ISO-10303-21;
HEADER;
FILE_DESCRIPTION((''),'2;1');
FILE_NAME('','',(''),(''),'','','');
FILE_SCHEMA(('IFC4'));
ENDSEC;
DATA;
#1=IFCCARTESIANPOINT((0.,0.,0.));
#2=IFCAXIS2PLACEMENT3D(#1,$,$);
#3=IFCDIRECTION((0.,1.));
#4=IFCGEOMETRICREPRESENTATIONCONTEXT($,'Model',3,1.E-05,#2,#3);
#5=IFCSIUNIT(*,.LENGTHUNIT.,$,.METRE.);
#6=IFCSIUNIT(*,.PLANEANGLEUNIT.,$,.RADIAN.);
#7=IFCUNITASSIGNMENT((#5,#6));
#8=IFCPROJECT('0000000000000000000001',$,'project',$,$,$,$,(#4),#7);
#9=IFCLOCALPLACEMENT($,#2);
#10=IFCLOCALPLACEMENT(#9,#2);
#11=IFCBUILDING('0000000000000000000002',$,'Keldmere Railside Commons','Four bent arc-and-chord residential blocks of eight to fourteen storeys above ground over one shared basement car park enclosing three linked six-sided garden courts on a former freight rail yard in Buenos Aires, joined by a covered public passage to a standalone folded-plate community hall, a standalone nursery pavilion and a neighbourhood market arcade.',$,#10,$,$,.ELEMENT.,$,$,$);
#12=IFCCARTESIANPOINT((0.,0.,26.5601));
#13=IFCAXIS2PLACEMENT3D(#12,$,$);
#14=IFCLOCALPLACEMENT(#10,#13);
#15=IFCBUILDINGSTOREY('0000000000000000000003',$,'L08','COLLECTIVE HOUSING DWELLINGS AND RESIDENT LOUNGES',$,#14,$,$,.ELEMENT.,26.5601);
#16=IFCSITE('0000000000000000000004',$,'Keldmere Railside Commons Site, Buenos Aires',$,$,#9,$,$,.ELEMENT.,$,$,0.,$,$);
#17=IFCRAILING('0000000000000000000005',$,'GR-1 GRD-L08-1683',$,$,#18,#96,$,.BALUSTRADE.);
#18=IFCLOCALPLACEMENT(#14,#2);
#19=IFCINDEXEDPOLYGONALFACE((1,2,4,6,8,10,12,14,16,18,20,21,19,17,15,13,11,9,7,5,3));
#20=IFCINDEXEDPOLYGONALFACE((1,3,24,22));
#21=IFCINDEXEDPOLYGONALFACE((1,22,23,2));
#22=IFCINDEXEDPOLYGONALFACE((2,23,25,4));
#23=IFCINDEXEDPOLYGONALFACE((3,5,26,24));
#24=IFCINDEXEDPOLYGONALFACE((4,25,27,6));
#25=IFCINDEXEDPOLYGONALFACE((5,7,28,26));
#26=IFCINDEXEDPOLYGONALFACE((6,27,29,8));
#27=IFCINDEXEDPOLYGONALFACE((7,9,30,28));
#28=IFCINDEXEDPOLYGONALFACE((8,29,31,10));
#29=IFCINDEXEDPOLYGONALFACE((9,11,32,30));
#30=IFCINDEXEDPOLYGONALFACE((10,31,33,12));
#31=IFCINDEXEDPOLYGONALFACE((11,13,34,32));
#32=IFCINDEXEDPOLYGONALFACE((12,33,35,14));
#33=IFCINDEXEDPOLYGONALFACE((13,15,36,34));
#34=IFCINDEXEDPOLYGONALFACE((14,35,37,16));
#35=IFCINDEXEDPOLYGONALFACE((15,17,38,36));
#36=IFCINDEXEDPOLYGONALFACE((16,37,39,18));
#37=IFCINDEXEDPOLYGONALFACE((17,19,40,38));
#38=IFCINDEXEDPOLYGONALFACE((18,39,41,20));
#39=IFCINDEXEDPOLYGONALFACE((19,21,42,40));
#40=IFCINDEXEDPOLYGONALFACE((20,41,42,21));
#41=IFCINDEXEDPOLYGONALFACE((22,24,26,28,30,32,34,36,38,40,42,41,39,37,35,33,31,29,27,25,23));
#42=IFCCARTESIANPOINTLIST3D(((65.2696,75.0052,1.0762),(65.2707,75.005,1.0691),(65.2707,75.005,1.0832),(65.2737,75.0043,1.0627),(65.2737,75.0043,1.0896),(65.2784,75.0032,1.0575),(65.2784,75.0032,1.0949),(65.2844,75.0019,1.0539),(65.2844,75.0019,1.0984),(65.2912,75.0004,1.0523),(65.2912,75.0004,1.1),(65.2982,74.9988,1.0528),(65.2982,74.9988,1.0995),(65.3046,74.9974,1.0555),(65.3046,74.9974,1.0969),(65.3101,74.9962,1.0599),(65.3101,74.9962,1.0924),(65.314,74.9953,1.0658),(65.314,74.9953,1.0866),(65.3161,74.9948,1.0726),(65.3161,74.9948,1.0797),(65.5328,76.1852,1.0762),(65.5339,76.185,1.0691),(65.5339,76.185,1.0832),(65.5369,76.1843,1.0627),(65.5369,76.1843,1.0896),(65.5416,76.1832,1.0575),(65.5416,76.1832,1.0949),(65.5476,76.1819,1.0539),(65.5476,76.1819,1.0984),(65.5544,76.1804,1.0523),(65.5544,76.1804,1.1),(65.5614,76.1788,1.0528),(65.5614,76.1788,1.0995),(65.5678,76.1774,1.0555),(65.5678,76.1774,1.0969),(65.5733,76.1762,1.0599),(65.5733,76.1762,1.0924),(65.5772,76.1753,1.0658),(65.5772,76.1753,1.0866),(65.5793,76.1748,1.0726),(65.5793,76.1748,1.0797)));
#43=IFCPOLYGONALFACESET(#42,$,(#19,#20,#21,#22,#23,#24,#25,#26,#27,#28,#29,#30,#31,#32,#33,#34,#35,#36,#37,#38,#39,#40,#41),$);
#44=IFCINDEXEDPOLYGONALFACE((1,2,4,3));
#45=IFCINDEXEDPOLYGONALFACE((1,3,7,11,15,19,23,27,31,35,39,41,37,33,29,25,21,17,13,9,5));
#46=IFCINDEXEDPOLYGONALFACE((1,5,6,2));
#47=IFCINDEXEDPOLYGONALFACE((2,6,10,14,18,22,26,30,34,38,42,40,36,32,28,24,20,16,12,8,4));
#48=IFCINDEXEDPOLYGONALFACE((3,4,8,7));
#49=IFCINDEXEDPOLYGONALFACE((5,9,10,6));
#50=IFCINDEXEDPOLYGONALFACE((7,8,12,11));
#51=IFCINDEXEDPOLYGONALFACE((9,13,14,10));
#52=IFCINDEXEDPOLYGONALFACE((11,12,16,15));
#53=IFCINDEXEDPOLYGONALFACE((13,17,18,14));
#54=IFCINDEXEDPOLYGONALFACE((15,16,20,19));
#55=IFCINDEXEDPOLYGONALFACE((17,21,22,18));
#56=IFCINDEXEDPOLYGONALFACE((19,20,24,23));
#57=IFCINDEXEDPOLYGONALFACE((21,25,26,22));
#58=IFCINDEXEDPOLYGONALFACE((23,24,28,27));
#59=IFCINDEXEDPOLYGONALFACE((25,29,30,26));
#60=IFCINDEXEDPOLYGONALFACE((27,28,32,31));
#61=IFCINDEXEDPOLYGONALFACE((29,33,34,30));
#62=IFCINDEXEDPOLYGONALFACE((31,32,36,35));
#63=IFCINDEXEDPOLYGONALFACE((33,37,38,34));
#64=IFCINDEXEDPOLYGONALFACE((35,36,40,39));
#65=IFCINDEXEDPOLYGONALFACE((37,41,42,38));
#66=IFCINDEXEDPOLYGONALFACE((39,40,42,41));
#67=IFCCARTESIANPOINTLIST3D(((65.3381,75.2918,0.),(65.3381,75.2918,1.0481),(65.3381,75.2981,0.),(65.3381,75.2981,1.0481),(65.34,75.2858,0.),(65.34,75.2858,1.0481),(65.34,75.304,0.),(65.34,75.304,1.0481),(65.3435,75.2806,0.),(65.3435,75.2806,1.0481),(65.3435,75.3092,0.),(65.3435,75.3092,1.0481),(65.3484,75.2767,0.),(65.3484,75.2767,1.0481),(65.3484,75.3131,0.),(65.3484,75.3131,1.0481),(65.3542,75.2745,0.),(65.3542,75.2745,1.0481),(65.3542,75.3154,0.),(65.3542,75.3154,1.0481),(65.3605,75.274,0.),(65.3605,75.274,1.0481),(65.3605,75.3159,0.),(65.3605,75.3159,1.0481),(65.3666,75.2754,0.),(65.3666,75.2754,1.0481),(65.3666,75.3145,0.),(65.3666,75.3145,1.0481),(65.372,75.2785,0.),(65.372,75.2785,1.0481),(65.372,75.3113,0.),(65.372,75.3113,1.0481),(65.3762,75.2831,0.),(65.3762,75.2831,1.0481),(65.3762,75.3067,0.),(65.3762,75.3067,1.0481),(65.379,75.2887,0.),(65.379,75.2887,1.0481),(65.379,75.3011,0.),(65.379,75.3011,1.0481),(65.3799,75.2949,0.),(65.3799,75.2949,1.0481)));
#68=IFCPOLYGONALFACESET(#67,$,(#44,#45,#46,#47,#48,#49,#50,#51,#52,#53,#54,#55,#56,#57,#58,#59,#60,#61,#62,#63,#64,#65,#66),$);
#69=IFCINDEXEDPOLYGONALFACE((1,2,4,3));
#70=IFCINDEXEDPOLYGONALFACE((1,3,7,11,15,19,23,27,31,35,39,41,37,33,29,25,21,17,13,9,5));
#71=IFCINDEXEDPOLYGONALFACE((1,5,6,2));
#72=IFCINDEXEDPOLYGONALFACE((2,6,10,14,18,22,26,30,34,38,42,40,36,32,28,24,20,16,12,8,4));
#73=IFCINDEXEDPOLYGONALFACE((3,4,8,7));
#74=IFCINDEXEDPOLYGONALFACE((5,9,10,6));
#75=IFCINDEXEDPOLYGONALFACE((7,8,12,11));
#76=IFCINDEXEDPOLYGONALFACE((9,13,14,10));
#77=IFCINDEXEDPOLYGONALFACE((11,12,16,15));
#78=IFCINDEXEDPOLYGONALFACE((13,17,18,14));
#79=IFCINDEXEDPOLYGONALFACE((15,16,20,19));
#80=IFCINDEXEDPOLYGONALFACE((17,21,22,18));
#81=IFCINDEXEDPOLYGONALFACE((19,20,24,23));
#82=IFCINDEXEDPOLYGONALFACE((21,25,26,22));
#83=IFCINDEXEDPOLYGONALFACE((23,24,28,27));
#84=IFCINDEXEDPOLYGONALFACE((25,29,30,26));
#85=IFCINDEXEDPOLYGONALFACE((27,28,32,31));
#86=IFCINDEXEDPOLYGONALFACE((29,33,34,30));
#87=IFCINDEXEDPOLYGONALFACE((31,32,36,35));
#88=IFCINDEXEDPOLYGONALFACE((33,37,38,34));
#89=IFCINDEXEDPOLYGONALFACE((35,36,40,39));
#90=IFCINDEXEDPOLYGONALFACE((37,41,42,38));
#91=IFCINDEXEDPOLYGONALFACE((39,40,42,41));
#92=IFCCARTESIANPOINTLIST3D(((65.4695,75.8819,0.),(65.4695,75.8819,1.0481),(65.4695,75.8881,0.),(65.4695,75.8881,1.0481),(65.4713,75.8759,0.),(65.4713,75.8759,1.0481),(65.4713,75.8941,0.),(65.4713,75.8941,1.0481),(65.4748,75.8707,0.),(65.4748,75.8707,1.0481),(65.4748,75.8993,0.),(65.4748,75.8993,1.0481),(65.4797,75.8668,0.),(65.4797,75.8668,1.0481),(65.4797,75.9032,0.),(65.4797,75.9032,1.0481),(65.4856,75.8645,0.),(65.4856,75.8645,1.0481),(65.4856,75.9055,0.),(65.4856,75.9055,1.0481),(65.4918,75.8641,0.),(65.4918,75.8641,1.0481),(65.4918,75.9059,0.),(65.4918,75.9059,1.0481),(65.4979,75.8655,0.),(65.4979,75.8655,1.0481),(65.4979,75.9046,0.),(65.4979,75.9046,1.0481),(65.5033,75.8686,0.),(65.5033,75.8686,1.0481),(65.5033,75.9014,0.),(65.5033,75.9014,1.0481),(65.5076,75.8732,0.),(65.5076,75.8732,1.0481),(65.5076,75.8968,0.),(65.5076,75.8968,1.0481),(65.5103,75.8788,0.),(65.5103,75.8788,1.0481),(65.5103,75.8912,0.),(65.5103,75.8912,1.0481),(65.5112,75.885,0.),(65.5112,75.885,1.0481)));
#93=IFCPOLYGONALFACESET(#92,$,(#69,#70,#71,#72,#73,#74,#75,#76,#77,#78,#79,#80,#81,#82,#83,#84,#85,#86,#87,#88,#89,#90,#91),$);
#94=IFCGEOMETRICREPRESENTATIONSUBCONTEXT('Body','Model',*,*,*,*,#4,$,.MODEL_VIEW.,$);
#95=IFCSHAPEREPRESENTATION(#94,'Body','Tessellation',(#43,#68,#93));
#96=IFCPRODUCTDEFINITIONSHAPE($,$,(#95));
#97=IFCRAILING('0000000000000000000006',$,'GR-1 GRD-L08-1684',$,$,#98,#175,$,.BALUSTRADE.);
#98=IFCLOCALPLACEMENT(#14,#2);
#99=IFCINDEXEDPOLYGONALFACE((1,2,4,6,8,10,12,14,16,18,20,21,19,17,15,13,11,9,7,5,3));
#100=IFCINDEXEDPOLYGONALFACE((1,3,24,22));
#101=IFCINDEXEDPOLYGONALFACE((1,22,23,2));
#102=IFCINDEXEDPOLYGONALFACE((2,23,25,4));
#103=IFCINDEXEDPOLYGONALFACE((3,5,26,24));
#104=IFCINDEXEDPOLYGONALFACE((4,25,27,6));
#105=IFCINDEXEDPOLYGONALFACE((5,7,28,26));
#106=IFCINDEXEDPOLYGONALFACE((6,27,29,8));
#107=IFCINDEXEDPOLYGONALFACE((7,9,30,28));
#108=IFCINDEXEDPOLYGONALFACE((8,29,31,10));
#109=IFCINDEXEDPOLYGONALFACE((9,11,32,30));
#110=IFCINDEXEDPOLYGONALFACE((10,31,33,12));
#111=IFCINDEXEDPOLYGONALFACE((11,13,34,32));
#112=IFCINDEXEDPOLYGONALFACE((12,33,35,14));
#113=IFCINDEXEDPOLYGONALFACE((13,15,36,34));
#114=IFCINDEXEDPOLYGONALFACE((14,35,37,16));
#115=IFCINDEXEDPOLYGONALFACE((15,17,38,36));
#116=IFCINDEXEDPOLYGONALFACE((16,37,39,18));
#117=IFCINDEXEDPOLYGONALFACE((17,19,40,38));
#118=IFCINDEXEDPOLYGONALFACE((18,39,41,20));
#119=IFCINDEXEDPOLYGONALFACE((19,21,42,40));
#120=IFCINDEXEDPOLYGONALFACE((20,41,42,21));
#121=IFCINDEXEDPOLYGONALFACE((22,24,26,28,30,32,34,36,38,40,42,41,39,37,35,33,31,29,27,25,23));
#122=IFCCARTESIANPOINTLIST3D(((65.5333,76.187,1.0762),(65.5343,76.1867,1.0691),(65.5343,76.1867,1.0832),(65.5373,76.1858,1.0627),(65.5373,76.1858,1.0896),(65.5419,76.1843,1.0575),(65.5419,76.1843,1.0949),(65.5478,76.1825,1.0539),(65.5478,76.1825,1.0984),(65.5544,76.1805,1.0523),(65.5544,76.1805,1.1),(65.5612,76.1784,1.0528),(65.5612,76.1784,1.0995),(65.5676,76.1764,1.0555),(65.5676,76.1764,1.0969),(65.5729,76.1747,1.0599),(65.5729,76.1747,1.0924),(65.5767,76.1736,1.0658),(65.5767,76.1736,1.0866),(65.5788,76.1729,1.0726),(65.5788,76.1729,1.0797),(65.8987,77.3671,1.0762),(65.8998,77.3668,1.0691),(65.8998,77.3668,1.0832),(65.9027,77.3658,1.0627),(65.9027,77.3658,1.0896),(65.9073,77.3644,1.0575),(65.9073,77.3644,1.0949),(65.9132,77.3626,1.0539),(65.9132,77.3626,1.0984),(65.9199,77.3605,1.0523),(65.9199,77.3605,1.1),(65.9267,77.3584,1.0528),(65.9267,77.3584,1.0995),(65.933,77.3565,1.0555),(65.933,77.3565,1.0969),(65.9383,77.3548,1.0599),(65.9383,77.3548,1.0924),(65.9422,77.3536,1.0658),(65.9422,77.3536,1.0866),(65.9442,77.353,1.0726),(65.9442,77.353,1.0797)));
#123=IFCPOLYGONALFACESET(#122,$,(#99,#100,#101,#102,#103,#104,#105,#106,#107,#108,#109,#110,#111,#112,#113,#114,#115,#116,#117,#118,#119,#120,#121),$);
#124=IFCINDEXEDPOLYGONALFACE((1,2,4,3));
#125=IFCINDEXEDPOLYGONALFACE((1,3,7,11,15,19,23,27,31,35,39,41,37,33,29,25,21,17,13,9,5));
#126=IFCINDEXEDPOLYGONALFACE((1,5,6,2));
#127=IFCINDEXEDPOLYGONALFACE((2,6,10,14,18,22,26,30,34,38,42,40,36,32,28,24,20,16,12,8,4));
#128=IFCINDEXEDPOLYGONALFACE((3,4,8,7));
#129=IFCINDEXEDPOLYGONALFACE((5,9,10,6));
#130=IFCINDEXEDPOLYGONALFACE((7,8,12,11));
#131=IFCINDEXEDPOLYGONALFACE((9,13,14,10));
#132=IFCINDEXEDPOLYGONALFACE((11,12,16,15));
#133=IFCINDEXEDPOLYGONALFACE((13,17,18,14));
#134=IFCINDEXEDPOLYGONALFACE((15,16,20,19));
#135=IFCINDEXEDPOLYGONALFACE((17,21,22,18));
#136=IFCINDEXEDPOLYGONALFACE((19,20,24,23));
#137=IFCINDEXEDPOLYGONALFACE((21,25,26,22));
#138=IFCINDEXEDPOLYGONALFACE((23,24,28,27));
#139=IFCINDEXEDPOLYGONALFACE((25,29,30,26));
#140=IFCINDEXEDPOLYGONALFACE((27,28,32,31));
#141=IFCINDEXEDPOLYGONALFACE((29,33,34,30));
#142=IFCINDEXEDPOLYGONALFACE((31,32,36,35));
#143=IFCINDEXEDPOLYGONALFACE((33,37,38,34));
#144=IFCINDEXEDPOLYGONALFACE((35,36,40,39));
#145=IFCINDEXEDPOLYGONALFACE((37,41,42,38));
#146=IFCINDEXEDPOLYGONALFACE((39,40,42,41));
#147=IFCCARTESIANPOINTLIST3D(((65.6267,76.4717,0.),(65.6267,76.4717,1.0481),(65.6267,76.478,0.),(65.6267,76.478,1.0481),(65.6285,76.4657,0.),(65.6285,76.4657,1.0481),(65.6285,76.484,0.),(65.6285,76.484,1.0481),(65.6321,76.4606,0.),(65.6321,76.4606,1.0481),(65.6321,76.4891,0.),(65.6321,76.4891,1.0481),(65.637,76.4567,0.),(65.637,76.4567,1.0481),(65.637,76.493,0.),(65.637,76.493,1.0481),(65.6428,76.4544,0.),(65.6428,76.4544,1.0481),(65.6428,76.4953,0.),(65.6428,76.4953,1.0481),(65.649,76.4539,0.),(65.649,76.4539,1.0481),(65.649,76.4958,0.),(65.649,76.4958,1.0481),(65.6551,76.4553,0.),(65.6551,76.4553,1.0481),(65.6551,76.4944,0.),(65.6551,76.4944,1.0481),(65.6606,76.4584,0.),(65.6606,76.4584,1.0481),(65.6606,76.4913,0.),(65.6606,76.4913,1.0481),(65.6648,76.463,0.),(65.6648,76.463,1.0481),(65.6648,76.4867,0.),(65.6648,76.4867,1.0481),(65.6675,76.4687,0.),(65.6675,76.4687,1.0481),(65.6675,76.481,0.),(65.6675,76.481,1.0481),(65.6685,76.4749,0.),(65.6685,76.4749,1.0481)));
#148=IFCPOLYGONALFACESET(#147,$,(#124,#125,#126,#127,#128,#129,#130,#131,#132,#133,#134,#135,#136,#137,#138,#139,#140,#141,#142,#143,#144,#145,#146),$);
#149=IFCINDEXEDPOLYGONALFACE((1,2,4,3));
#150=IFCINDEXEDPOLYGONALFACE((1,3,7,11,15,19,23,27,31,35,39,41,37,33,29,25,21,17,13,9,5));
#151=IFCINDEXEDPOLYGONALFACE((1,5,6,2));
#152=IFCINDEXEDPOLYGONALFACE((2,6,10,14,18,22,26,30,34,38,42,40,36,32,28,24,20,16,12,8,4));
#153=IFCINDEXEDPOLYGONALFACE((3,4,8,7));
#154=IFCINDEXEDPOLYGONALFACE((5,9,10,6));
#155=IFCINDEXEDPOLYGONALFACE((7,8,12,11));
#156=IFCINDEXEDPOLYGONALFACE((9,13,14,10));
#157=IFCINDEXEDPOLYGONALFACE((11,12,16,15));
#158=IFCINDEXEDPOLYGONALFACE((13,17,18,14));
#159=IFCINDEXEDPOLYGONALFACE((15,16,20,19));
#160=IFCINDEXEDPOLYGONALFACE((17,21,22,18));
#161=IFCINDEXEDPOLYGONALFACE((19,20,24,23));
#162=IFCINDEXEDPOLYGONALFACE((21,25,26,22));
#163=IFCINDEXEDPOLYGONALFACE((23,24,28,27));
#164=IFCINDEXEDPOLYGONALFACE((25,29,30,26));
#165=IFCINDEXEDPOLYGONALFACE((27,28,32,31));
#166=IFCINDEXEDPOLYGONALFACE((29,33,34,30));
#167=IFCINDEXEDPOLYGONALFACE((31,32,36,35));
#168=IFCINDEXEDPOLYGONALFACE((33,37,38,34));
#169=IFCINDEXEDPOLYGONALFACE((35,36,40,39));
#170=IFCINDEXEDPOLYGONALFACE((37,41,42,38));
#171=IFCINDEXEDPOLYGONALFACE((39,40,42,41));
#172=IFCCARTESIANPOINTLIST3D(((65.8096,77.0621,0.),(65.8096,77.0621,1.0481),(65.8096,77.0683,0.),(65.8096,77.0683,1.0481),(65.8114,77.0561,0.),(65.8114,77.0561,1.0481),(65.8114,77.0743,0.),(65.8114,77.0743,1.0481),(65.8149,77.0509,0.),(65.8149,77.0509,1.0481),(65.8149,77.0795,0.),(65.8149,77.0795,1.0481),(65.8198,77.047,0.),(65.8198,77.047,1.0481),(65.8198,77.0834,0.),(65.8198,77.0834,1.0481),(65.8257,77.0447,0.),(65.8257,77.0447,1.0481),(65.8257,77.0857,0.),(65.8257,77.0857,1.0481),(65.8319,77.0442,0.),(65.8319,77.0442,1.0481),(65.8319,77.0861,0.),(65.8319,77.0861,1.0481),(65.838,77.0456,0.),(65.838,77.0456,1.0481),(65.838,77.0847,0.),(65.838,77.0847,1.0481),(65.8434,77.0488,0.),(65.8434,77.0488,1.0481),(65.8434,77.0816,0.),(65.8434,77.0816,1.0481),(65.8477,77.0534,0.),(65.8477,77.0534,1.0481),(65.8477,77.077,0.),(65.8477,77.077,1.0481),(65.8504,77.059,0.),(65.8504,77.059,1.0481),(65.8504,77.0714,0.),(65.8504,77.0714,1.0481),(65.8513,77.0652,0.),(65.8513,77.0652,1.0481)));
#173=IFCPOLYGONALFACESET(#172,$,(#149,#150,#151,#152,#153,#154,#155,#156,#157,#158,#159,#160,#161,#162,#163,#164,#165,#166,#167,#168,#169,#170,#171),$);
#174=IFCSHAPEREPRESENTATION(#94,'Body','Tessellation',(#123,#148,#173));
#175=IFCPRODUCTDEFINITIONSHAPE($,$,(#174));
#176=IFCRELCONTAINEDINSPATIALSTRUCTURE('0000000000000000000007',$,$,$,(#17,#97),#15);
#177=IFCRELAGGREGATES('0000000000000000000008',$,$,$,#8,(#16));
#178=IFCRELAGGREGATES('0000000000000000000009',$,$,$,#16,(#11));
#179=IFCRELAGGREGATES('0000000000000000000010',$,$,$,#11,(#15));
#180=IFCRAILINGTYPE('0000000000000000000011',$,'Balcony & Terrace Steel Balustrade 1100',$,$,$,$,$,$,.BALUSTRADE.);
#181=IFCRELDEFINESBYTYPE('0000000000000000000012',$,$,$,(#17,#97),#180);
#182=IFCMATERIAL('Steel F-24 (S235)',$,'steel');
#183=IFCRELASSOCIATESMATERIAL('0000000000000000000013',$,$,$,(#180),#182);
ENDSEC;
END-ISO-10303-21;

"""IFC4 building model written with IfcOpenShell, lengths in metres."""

from ifc_helpers import new_model, si_unit, direction, frame, origin, origin_2d, place, context, subcontext, project, spatial, circle, extrude, material, type_object, element, save


model = new_model("IFC4")

# Units and contexts
model_context = context("Model", 3, precision=1e-05, world=origin(), true_north=direction((0.0, 1.0)))
body_context = subcontext(model_context, "Body", "Model", "MODEL_VIEW")
ifc_project = project(units=[si_unit("LENGTHUNIT", "METRE"), si_unit("PLANEANGLEUNIT", "RADIAN")], contexts=[model_context])

# Site, building, storey
site_placement = place(None, origin())
site = spatial("IfcSite", under=ifc_project, at=site_placement, Name="Keldmere Railside Commons Site, Buenos Aires", CompositionType="ELEMENT", RefElevation=0.0)
building_placement = place(site_placement, origin())
building = spatial("IfcBuilding", under=site, at=building_placement, Name="Keldmere Railside Commons", Description="Four bent arc-and-chord residential blocks of eight to fourteen storeys above ground over one shared basement car park enclosing three linked six-sided garden courts on a former freight rail yard in Buenos Aires, joined by a covered public passage to a standalone folded-plate community hall, a standalone nursery pavilion and a neighbourhood market arcade.", CompositionType="ELEMENT")
storey_placement = place(building_placement, frame((0.0, 0.0, 26.5601)))
storey = spatial("IfcBuildingStorey", under=building, at=storey_placement, Name="L08", Description="COLLECTIVE HOUSING DWELLINGS AND RESIDENT LOUNGES", CompositionType="ELEMENT", Elevation=26.5601)

# Railings
ifc_material_1 = material(Name="Steel F-24 (S235)", Category="steel")
railing_type = type_object("IfcRailingType", Name="Balcony & Terrace Steel Balustrade 1100", PredefinedType="BALUSTRADE", material=ifc_material_1)
railing_1_placement = place(storey_placement, frame((65.293, 75.0, 0.0)))
element("IfcRailing", 1, at=railing_1_placement, inside=storey, type_object=railing_type, Name="GR-1 GRD-L08-1683", PredefinedType="BALUSTRADE", context=body_context, shape_type="SweptSolid", body=[
    extrude(circle(Radius=0.0239, at=origin_2d()), frame((0.0, 0.0, 1.0762), z_axis=(0.2177, 0.976016, 0.0), x_axis=(-0.976016, 0.2177, 0.0)), (0.0, 0.0, 1.0), 1.209),
    extrude(circle(Radius=0.021, at=origin_2d()), frame((0.0659, 0.2949, 0.0)), (0.0, 0.0, 1.0), 1.0481),
    extrude(circle(Radius=0.021, at=origin_2d()), frame((0.1973, 0.885, 0.0)), (0.0, 0.0, 1.0), 1.0481),
])
railing_2_placement = place(storey_placement, frame((65.5562, 76.1799, 0.0)))
element("IfcRailing", 2, at=railing_2_placement, inside=storey, type_object=railing_type, Name="GR-1 GRD-L08-1684", PredefinedType="BALUSTRADE", context=body_context, shape_type="SweptSolid", body=[
    extrude(circle(Radius=0.0239, at=origin_2d()), frame((0.0, 0.0, 1.0762), z_axis=(0.295821, 0.955243, 0.0), x_axis=(-0.955243, 0.295821, 0.0)), (0.0, 0.0, 1.0), 1.2354),
    extrude(circle(Radius=0.021, at=origin_2d()), frame((0.0913, 0.2949, 0.0)), (0.0, 0.0, 1.0), 1.0481),
    extrude(circle(Radius=0.021, at=origin_2d()), frame((0.2742, 0.8853, 0.0)), (0.0, 0.0, 1.0), 1.0481),
])

save(model, "model.ifc")
